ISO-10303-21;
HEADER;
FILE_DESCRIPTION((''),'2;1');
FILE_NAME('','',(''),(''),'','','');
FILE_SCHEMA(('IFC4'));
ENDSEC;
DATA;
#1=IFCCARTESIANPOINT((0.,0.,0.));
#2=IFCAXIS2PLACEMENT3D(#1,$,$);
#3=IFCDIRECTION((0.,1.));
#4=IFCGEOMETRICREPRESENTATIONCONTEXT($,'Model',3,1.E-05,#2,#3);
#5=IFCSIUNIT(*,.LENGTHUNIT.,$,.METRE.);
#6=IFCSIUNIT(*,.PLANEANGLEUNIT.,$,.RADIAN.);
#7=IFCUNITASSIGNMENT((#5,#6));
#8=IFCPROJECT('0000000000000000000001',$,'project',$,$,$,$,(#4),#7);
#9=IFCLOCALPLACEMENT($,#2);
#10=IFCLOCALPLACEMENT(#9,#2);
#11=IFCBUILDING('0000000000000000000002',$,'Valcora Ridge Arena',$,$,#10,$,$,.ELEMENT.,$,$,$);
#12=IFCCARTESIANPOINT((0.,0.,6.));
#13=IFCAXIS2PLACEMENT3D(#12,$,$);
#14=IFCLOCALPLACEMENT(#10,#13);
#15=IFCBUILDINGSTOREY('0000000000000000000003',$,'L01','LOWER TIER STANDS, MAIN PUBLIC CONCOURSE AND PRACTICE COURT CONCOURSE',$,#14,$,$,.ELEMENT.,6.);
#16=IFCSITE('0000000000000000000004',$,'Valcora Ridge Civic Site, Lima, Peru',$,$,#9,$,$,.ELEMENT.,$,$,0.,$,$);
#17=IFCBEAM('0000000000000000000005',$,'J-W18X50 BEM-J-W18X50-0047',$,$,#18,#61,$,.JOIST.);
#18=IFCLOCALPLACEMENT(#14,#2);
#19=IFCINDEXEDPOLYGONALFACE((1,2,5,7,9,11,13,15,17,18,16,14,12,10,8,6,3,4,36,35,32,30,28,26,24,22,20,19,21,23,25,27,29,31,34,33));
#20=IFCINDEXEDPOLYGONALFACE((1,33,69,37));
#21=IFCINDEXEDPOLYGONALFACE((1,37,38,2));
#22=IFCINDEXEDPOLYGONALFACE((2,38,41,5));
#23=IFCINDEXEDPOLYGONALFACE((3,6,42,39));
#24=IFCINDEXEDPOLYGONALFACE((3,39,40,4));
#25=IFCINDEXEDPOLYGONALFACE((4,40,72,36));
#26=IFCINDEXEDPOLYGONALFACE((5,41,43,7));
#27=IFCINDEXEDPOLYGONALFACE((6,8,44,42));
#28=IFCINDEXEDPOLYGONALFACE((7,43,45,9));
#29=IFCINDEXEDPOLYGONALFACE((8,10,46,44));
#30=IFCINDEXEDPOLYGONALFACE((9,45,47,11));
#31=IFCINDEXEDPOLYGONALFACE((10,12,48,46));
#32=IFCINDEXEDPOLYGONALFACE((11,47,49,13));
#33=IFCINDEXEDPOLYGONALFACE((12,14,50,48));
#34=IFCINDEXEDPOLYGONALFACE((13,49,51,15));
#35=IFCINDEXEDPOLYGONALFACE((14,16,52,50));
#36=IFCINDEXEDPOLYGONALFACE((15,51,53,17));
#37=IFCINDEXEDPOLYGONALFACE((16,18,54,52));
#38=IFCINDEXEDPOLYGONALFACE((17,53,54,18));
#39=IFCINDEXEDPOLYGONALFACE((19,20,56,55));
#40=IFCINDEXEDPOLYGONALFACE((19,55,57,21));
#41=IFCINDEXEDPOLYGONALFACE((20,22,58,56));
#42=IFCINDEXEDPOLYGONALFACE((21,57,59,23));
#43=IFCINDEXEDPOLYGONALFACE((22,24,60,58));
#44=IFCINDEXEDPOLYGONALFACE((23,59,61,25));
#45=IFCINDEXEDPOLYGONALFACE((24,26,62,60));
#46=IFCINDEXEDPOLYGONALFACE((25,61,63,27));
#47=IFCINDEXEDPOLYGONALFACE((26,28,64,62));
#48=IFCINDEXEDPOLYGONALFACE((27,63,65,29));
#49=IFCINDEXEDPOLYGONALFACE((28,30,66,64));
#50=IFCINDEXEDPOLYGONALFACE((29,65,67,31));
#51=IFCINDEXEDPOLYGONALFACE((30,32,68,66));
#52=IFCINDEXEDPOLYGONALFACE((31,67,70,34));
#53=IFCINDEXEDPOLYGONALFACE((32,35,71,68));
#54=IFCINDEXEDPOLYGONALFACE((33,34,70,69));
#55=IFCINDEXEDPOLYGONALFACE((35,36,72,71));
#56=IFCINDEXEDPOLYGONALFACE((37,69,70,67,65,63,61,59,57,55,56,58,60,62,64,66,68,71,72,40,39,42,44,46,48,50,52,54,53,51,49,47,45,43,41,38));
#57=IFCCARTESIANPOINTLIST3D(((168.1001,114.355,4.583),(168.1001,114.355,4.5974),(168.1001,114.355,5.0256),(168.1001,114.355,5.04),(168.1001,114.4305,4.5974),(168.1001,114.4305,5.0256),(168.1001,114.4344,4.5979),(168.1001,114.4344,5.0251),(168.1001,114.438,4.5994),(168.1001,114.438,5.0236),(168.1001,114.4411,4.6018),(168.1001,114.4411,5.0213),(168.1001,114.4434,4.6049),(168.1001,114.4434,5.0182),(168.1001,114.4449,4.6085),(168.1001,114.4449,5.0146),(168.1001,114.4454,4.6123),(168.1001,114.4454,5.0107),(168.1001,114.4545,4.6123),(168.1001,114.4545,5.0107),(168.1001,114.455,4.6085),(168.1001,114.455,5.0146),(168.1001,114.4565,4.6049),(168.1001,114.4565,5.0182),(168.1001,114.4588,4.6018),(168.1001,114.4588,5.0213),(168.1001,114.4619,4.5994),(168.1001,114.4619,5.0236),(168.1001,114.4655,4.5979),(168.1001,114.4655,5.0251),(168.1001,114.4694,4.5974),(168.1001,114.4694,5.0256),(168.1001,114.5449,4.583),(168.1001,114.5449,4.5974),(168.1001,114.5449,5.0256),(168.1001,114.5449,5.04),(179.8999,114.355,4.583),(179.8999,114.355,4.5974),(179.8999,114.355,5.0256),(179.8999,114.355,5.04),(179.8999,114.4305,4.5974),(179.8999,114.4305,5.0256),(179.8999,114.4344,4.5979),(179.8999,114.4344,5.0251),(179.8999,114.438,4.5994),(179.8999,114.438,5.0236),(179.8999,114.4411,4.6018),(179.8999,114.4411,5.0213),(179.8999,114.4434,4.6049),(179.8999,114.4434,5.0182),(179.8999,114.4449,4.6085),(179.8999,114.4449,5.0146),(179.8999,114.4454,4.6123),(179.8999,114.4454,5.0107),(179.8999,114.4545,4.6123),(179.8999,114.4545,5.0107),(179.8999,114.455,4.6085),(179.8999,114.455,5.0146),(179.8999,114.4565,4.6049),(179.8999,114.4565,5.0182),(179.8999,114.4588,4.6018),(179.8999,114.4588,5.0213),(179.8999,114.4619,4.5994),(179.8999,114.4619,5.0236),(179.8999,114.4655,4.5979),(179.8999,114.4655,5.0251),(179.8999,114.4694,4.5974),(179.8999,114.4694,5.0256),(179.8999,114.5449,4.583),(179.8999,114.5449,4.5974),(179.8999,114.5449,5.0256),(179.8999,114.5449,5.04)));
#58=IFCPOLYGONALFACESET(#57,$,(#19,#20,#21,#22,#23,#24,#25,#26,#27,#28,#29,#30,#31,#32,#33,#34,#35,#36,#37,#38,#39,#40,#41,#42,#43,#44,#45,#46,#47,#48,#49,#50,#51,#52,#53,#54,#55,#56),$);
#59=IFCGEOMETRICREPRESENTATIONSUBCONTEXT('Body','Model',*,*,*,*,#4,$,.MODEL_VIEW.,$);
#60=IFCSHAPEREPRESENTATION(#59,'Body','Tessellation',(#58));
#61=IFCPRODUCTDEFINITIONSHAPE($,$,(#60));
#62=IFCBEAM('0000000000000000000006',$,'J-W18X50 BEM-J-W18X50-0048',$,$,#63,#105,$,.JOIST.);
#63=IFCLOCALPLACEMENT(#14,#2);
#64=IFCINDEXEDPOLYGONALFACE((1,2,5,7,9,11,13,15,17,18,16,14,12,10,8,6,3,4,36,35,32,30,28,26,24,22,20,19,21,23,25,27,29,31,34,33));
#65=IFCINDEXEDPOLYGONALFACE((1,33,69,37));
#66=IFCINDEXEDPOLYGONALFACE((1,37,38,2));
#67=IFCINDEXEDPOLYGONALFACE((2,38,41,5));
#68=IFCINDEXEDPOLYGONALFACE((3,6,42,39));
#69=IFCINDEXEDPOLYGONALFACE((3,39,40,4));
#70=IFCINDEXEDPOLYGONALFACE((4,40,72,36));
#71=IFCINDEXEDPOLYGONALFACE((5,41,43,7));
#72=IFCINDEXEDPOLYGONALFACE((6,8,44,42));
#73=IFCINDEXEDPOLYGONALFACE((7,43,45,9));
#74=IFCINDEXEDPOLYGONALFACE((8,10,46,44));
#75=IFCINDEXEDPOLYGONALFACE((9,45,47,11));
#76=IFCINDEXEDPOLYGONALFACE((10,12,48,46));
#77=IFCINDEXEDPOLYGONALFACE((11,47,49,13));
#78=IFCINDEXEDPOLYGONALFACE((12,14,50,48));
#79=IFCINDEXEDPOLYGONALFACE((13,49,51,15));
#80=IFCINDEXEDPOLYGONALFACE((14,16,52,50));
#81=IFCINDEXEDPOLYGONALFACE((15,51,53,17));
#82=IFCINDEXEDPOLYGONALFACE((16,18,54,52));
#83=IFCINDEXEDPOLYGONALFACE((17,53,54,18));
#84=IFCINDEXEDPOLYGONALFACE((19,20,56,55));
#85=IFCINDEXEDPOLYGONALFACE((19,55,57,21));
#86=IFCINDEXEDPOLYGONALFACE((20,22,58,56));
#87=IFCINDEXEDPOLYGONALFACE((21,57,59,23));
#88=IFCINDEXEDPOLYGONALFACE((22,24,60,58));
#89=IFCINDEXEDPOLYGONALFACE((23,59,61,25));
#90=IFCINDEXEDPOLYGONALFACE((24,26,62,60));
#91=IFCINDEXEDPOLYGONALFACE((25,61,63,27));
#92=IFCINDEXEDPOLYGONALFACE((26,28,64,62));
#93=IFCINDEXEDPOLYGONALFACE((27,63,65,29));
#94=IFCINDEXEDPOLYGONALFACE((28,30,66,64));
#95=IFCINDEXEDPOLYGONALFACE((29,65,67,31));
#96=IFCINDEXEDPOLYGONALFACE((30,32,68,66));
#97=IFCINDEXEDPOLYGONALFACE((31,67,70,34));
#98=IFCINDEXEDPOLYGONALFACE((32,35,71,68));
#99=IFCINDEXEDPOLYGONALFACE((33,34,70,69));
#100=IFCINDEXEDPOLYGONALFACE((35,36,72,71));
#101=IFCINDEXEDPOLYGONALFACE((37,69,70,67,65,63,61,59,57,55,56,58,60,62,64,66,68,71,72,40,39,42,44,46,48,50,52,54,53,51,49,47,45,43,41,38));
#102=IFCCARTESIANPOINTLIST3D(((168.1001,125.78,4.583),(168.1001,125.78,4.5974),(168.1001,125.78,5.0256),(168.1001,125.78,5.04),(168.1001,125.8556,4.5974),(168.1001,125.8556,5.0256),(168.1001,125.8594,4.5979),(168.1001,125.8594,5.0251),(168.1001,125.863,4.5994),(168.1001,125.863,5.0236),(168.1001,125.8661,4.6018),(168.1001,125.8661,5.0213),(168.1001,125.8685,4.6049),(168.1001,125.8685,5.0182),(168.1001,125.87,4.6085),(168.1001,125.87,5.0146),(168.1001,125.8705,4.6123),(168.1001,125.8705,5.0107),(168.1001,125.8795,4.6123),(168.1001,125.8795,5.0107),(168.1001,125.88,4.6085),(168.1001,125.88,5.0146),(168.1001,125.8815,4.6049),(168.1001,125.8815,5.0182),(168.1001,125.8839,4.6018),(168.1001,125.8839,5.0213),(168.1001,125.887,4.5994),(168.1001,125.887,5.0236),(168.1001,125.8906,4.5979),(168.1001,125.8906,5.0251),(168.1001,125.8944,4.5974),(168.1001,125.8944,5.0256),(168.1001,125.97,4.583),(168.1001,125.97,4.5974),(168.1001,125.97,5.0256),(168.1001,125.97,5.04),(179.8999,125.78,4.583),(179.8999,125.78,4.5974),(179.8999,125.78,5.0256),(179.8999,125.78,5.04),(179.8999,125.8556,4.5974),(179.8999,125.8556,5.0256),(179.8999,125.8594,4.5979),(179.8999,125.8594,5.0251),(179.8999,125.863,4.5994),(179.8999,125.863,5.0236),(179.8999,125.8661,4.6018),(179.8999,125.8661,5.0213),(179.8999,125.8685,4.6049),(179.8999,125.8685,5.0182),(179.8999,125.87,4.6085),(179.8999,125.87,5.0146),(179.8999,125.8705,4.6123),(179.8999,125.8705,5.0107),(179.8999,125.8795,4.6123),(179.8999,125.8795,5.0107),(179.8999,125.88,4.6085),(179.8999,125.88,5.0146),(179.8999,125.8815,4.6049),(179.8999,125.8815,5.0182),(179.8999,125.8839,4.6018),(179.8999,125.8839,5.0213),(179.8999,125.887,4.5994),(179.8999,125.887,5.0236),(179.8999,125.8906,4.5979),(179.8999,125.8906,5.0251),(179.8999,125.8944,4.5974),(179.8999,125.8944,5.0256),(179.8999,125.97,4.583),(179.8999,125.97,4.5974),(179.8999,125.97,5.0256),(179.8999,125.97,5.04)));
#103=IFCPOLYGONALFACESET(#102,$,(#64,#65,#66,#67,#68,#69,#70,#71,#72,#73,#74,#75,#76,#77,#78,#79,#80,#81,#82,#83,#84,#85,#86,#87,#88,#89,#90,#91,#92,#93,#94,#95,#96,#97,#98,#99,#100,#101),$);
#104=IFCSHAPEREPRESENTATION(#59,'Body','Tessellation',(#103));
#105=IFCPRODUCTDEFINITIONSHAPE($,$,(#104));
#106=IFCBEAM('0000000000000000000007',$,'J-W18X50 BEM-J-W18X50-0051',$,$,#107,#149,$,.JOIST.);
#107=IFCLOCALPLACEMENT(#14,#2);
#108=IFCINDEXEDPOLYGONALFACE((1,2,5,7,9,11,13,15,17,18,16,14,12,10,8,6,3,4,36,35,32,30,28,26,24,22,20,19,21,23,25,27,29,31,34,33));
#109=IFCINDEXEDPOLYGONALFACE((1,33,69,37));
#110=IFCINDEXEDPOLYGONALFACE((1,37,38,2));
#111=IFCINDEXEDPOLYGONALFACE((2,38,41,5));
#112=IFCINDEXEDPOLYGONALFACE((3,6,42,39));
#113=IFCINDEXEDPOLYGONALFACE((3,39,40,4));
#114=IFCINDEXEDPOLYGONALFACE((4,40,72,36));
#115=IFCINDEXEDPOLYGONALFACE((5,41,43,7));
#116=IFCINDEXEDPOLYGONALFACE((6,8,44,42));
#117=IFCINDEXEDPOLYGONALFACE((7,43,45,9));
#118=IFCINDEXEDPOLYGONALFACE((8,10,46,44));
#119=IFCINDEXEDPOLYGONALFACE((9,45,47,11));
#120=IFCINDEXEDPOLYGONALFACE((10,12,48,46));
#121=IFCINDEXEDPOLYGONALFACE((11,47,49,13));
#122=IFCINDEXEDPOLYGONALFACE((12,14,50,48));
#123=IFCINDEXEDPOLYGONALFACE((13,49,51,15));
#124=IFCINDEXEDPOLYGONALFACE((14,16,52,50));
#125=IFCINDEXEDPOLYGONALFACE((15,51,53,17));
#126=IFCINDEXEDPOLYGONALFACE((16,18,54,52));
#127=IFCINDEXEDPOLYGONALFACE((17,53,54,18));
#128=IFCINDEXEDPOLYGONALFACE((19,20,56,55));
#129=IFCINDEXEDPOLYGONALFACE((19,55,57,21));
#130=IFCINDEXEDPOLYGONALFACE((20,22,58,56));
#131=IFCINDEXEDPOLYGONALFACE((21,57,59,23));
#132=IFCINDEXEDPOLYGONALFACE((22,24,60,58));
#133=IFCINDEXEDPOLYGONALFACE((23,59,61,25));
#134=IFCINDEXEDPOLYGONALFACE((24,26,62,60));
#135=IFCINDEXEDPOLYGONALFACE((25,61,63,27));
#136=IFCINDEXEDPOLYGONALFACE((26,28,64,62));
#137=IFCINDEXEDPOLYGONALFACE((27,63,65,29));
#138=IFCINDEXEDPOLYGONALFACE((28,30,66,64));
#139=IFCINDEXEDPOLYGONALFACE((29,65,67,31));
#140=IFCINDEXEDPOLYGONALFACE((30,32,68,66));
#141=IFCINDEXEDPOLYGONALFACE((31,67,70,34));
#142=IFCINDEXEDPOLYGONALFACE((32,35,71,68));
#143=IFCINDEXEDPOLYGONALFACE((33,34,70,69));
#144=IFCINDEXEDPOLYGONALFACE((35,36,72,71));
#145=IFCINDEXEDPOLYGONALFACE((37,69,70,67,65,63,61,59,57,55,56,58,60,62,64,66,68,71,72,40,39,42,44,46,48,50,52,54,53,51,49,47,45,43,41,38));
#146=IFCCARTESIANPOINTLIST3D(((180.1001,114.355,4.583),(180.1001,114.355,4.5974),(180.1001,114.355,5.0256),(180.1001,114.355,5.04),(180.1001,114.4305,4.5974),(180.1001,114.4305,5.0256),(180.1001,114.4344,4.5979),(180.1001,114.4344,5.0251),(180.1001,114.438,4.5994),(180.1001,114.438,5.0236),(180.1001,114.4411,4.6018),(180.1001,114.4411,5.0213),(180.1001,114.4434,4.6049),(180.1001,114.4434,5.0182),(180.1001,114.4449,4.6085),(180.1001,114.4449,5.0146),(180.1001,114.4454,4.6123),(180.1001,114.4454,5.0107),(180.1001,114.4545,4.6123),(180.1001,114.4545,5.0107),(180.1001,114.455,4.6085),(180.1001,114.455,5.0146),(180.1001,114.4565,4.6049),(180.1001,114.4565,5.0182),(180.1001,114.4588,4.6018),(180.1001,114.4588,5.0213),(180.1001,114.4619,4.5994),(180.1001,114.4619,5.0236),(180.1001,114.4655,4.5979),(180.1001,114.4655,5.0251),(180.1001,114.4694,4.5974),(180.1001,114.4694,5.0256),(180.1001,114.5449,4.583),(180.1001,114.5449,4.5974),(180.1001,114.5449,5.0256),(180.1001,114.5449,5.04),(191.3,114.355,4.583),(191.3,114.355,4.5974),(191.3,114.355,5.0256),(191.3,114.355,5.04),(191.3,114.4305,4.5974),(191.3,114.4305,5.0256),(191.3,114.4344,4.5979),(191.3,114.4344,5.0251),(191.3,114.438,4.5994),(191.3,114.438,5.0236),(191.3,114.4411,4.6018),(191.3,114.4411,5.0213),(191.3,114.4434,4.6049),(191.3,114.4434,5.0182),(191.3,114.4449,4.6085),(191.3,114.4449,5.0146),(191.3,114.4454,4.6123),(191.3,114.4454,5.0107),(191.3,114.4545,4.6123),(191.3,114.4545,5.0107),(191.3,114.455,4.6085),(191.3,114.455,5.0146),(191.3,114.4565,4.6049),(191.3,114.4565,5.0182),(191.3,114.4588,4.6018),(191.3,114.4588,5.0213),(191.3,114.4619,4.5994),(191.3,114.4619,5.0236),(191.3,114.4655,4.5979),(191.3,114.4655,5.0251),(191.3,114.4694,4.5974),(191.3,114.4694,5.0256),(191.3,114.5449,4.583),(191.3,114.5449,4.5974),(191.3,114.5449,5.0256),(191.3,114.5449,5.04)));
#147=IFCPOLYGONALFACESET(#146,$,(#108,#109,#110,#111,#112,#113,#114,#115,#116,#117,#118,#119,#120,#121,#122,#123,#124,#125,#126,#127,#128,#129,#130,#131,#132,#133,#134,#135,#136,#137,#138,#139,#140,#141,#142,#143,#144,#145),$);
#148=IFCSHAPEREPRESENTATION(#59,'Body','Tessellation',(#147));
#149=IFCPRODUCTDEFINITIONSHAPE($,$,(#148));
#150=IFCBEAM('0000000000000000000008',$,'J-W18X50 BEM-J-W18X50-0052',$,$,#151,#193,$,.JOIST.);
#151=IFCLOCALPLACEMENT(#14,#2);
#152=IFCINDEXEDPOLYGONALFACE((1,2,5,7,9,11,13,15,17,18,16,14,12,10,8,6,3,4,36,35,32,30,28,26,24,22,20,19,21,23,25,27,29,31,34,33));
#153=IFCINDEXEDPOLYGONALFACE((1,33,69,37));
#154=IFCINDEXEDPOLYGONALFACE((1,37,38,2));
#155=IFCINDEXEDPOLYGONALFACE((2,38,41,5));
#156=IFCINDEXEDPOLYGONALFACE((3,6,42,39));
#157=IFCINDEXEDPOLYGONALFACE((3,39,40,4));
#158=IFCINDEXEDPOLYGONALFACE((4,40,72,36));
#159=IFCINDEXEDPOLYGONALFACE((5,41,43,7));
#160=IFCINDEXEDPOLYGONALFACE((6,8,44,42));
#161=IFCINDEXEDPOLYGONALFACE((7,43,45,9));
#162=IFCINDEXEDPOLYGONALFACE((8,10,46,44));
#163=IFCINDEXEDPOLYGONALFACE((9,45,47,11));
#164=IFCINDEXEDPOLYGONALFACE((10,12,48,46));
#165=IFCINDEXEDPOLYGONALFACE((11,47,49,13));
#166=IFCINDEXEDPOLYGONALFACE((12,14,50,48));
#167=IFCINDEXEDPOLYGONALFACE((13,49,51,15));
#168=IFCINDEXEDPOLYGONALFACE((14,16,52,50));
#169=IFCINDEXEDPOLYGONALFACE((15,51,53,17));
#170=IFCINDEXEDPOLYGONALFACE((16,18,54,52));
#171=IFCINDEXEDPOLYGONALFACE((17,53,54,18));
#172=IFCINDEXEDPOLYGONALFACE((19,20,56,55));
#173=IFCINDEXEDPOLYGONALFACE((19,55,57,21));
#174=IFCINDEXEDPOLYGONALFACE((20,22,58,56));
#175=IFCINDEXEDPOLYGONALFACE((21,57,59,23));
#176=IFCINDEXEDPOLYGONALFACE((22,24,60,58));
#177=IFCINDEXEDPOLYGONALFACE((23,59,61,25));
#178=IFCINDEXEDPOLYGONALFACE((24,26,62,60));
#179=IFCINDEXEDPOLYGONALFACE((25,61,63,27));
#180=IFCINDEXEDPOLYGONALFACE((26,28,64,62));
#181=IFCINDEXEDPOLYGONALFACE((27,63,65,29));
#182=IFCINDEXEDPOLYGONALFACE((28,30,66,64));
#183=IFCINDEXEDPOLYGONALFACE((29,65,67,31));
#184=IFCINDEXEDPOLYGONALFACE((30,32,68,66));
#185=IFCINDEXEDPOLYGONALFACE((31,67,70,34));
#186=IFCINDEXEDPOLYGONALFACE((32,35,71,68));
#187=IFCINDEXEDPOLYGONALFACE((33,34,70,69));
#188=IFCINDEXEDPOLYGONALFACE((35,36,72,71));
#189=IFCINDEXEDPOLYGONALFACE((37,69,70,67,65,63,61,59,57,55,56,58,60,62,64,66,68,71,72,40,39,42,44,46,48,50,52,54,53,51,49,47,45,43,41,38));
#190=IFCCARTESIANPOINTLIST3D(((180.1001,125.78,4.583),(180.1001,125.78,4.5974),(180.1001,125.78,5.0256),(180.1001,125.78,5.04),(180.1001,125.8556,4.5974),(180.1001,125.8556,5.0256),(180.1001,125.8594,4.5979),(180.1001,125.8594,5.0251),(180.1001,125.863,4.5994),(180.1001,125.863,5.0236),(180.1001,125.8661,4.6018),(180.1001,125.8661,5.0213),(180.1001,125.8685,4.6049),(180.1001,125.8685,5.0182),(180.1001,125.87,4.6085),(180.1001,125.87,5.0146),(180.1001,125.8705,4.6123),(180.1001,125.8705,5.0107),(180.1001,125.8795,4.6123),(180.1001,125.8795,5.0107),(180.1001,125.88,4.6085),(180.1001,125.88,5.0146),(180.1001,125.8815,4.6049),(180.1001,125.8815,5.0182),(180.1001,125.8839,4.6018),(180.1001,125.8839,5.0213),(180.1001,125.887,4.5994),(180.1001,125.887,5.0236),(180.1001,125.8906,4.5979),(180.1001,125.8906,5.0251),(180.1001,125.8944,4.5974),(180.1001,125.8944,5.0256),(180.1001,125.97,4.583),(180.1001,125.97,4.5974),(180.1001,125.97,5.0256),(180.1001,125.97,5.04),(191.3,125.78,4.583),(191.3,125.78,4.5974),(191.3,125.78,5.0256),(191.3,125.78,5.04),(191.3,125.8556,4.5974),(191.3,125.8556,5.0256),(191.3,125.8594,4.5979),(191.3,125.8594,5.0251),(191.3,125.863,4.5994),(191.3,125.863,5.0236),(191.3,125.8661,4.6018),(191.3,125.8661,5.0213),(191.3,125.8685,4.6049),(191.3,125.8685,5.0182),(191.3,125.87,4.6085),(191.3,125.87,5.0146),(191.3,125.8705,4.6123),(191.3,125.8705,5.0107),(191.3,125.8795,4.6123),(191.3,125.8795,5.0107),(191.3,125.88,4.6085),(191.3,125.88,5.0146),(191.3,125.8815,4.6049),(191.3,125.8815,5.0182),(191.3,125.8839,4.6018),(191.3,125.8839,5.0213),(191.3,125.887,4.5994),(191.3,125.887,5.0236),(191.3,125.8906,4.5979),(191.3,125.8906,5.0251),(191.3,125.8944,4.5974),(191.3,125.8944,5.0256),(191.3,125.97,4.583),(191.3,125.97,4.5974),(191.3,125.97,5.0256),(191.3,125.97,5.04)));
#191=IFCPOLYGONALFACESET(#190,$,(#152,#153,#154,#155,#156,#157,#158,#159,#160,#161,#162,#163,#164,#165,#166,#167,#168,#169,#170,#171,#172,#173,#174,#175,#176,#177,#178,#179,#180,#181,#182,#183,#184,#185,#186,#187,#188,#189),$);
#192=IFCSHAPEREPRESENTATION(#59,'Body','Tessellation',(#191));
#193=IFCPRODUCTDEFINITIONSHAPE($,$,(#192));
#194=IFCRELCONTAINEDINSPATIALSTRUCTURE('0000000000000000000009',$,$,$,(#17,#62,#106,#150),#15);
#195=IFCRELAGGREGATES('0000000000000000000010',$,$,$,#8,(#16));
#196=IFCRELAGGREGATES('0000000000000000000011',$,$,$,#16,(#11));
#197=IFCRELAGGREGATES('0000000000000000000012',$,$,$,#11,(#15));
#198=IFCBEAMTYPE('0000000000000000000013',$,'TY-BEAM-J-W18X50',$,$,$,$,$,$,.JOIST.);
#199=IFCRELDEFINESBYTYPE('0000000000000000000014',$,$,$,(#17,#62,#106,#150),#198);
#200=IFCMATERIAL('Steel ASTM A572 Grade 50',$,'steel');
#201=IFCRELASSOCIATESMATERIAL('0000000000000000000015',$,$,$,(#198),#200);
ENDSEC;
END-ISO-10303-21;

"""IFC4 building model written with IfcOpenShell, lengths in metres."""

from ifc_helpers import new_model, si_unit, direction, frame, origin, origin_2d, place, context, subcontext, project, spatial, i_section, extrude, material, material_profile, profile_set, type_object, element, save


model = new_model("IFC4")

# Units and contexts
model_context = context("Model", 3, precision=1e-05, world=origin(), true_north=direction((0.0, 1.0)))
body_context = subcontext(model_context, "Body", "Model", "MODEL_VIEW")
ifc_project = project(units=[si_unit("LENGTHUNIT", "METRE"), si_unit("PLANEANGLEUNIT", "RADIAN")], contexts=[model_context])

# Site, building, storey
site_placement = place(None, origin())
site = spatial("IfcSite", under=ifc_project, at=site_placement, Name="Valcora Ridge Civic Site, Lima, Peru", CompositionType="ELEMENT", RefElevation=0.0)
building_placement = place(site_placement, origin())
building = spatial("IfcBuilding", under=site, at=building_placement, Name="Valcora Ridge Arena", CompositionType="ELEMENT")
storey_placement = place(building_placement, frame((0.0, 0.0, 6.0)))
storey = spatial("IfcBuildingStorey", under=building, at=storey_placement, Name="L01", Description="LOWER TIER STANDS, MAIN PUBLIC CONCOURSE AND PRACTICE COURT CONCOURSE", CompositionType="ELEMENT", Elevation=6.0)

# Beams
ifc_material_1 = material(Name="Steel ASTM A572 Grade 50", Category="steel")
ifc_material_profile_1 = material_profile(ifc_material_1, i_section(OverallWidth=0.1899, OverallDepth=0.457, WebThickness=0.009, FlangeThickness=0.0144, FilletRadius=0.0149, at=origin_2d()), Name="W18X50")
ifc_profile_set_1 = profile_set([ifc_material_profile_1], Name="Steel ASTM A572 Grade 50")
beam_type_1 = type_object("IfcBeamType", Name="TY-BEAM-J-W18X50", PredefinedType="JOIST", material=ifc_profile_set_1)
for number, where, z_axis, x_axis, name in (
    (1, (168.1001, 114.45, 4.8115), (1.0, 0.0, 0.0), (0.0, 1.0, 0.0), "J-W18X50 BEM-J-W18X50-0047"),
    (2, (168.1001, 125.875, 4.8115), (1.0, 0.0, 0.0), (0.0, 1.0, 0.0), "J-W18X50 BEM-J-W18X50-0048"),
):
    element("IfcBeam", number, at=place(storey_placement, frame(where, z_axis=z_axis, x_axis=x_axis)), inside=storey, type_object=beam_type_1, Name=name, PredefinedType="JOIST", context=body_context, shape_type="SweptSolid", body=[
        extrude(i_section(OverallWidth=0.1899, OverallDepth=0.457, WebThickness=0.009, FlangeThickness=0.0144, FilletRadius=0.0149, at=origin_2d()), origin(), (0.0, 0.0, 1.0), 11.7998),
    ])
for number, where, z_axis, x_axis, name in (
    (3, (180.1001, 114.45, 4.8115), (1.0, 0.0, 0.0), (0.0, 1.0, 0.0), "J-W18X50 BEM-J-W18X50-0051"),
    (4, (180.1001, 125.875, 4.8115), (1.0, 0.0, 0.0), (0.0, 1.0, 0.0), "J-W18X50 BEM-J-W18X50-0052"),
):
    element("IfcBeam", number, at=place(storey_placement, frame(where, z_axis=z_axis, x_axis=x_axis)), inside=storey, type_object=beam_type_1, Name=name, PredefinedType="JOIST", context=body_context, shape_type="SweptSolid", body=[
        extrude(i_section(OverallWidth=0.1899, OverallDepth=0.457, WebThickness=0.009, FlangeThickness=0.0144, FilletRadius=0.0149, at=origin_2d()), origin(), (0.0, 0.0, 1.0), 11.2),
    ])

save(model, "model.ifc")
